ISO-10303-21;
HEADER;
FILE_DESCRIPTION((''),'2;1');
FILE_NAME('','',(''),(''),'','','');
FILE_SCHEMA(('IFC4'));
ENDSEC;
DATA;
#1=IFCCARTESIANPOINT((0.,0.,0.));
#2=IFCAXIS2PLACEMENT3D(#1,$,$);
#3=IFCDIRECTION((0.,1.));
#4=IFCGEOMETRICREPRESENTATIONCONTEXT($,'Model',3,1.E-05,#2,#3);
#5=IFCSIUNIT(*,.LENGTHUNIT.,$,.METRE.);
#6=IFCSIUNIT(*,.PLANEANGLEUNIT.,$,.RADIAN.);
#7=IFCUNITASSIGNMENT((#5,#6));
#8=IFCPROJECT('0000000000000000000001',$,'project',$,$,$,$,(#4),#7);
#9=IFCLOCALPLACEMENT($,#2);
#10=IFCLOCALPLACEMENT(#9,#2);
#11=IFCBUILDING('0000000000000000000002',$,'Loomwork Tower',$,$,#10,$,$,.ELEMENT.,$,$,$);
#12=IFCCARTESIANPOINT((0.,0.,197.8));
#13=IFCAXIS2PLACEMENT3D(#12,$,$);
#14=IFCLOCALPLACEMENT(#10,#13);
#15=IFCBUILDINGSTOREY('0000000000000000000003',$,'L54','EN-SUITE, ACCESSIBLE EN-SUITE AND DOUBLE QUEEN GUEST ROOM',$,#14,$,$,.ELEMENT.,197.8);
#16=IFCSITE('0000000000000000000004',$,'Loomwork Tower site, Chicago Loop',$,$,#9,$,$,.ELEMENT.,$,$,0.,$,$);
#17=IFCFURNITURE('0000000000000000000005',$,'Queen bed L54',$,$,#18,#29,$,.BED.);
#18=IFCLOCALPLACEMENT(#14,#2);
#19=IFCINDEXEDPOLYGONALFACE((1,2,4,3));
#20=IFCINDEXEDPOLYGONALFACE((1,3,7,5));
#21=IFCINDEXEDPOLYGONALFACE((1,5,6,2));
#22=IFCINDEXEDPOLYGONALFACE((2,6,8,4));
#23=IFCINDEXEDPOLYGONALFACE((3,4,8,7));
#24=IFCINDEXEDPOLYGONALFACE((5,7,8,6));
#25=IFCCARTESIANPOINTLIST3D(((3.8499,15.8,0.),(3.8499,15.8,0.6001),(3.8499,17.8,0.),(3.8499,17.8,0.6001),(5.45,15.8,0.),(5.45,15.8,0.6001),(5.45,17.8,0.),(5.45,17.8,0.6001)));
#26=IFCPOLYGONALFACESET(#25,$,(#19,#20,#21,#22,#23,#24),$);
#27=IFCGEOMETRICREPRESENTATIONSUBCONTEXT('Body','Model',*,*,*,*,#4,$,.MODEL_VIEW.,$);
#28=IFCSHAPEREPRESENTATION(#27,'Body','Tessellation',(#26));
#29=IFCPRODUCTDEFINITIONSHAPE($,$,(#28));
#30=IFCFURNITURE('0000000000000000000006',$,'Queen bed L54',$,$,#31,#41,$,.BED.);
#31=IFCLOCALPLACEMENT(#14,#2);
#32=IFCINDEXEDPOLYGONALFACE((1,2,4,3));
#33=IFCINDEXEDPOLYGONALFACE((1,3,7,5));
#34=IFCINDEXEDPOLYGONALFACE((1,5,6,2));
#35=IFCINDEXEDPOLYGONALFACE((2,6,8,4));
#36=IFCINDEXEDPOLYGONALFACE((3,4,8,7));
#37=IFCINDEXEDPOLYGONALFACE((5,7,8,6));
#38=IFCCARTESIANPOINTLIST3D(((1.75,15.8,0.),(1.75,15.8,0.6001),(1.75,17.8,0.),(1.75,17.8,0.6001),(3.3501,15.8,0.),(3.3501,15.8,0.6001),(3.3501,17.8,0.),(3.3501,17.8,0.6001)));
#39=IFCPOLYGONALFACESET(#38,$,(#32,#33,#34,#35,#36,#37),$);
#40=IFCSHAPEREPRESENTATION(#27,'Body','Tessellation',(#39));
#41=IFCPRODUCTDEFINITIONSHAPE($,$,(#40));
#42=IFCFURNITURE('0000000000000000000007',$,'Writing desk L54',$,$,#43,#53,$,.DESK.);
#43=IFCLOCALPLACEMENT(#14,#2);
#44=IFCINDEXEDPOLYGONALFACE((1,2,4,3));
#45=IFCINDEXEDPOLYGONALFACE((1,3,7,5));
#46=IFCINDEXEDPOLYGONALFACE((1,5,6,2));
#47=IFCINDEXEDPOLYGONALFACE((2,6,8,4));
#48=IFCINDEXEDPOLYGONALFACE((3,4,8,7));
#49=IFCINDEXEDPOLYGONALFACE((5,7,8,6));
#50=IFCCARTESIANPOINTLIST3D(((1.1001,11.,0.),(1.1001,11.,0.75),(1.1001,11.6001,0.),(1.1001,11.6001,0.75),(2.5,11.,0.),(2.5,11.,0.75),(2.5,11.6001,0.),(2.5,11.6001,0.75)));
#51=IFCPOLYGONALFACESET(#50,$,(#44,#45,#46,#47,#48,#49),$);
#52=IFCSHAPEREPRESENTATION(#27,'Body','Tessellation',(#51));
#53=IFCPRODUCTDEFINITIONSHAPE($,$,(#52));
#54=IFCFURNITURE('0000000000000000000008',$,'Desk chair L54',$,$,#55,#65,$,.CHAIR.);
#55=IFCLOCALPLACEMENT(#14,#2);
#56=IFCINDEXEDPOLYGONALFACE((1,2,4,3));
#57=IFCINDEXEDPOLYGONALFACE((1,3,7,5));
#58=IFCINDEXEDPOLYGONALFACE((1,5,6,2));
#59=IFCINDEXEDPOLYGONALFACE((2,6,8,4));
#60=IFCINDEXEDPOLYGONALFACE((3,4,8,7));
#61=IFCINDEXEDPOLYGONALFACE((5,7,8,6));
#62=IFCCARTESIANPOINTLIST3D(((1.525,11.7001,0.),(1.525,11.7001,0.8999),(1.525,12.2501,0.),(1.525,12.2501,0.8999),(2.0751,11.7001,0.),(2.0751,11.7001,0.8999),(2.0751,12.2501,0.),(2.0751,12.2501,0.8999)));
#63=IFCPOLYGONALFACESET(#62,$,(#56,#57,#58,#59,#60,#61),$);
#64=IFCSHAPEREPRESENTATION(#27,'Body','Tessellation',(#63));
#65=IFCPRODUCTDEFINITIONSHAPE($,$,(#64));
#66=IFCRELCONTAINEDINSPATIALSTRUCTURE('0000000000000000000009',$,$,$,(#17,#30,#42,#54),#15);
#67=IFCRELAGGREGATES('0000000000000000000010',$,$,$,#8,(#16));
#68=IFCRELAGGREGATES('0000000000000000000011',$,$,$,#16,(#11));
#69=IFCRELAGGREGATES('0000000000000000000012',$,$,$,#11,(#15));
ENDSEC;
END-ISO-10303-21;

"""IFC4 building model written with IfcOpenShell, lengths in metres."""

from ifc_helpers import new_model, si_unit, direction, frame, origin, origin_2d, place, context, subcontext, project, spatial, rectangle, extrude, element, save


model = new_model("IFC4")

# Units and contexts
model_context = context("Model", 3, precision=1e-05, world=origin(), true_north=direction((0.0, 1.0)))
body_context = subcontext(model_context, "Body", "Model", "MODEL_VIEW")
ifc_project = project(units=[si_unit("LENGTHUNIT", "METRE"), si_unit("PLANEANGLEUNIT", "RADIAN")], contexts=[model_context])

# Site, building, storey
site_placement = place(None, origin())
site = spatial("IfcSite", under=ifc_project, at=site_placement, Name="Loomwork Tower site, Chicago Loop", CompositionType="ELEMENT", RefElevation=0.0)
building_placement = place(site_placement, origin())
building = spatial("IfcBuilding", under=site, at=building_placement, Name="Loomwork Tower", CompositionType="ELEMENT")
storey_placement = place(building_placement, frame((0.0, 0.0, 197.8)))
storey = spatial("IfcBuildingStorey", under=building, at=storey_placement, Name="L54", Description="EN-SUITE, ACCESSIBLE EN-SUITE AND DOUBLE QUEEN GUEST ROOM", CompositionType="ELEMENT", Elevation=197.8)

# Furniture
for number, where, z_axis, x_axis, name in (
    (1, (4.6499, 16.8, 0.0), (0.0, 0.0, 1.0), (1.0, 0.0, 0.0), "Queen bed L54"),
    (2, (2.55, 16.8, 0.0), (0.0, 0.0, 1.0), (1.0, 0.0, 0.0), "Queen bed L54"),
):
    element("IfcFurniture", number, at=place(storey_placement, frame(where, z_axis=z_axis, x_axis=x_axis)), inside=storey, Name=name, PredefinedType="BED", context=body_context, shape_type="SweptSolid", body=[
        extrude(rectangle(XDim=1.6001, YDim=2.0, at=origin_2d()), origin(), (0.0, 0.0, 1.0), 0.6001),
    ])
furniture_1_placement = place(storey_placement, frame((1.8, 11.3, 0.0), z_axis=(0.0, 0.0, 1.0), x_axis=(1.0, 0.0, 0.0)))
element("IfcFurniture", 3, at=furniture_1_placement, inside=storey, Name="Writing desk L54", PredefinedType="DESK", context=body_context, shape_type="SweptSolid", body=[
    extrude(rectangle(XDim=1.3999, YDim=0.6001, at=origin_2d()), origin(), (0.0, 0.0, 1.0), 0.75),
])
furniture_2_placement = place(storey_placement, frame((1.8, 11.9751, 0.0), z_axis=(0.0, 0.0, 1.0), x_axis=(1.0, 0.0, 0.0)))
element("IfcFurniture", 4, at=furniture_2_placement, inside=storey, Name="Desk chair L54", PredefinedType="CHAIR", context=body_context, shape_type="SweptSolid", body=[
    extrude(rectangle(XDim=0.55, YDim=0.55, at=origin_2d()), origin(), (0.0, 0.0, 1.0), 0.8999),
])

save(model, "model.ifc")
